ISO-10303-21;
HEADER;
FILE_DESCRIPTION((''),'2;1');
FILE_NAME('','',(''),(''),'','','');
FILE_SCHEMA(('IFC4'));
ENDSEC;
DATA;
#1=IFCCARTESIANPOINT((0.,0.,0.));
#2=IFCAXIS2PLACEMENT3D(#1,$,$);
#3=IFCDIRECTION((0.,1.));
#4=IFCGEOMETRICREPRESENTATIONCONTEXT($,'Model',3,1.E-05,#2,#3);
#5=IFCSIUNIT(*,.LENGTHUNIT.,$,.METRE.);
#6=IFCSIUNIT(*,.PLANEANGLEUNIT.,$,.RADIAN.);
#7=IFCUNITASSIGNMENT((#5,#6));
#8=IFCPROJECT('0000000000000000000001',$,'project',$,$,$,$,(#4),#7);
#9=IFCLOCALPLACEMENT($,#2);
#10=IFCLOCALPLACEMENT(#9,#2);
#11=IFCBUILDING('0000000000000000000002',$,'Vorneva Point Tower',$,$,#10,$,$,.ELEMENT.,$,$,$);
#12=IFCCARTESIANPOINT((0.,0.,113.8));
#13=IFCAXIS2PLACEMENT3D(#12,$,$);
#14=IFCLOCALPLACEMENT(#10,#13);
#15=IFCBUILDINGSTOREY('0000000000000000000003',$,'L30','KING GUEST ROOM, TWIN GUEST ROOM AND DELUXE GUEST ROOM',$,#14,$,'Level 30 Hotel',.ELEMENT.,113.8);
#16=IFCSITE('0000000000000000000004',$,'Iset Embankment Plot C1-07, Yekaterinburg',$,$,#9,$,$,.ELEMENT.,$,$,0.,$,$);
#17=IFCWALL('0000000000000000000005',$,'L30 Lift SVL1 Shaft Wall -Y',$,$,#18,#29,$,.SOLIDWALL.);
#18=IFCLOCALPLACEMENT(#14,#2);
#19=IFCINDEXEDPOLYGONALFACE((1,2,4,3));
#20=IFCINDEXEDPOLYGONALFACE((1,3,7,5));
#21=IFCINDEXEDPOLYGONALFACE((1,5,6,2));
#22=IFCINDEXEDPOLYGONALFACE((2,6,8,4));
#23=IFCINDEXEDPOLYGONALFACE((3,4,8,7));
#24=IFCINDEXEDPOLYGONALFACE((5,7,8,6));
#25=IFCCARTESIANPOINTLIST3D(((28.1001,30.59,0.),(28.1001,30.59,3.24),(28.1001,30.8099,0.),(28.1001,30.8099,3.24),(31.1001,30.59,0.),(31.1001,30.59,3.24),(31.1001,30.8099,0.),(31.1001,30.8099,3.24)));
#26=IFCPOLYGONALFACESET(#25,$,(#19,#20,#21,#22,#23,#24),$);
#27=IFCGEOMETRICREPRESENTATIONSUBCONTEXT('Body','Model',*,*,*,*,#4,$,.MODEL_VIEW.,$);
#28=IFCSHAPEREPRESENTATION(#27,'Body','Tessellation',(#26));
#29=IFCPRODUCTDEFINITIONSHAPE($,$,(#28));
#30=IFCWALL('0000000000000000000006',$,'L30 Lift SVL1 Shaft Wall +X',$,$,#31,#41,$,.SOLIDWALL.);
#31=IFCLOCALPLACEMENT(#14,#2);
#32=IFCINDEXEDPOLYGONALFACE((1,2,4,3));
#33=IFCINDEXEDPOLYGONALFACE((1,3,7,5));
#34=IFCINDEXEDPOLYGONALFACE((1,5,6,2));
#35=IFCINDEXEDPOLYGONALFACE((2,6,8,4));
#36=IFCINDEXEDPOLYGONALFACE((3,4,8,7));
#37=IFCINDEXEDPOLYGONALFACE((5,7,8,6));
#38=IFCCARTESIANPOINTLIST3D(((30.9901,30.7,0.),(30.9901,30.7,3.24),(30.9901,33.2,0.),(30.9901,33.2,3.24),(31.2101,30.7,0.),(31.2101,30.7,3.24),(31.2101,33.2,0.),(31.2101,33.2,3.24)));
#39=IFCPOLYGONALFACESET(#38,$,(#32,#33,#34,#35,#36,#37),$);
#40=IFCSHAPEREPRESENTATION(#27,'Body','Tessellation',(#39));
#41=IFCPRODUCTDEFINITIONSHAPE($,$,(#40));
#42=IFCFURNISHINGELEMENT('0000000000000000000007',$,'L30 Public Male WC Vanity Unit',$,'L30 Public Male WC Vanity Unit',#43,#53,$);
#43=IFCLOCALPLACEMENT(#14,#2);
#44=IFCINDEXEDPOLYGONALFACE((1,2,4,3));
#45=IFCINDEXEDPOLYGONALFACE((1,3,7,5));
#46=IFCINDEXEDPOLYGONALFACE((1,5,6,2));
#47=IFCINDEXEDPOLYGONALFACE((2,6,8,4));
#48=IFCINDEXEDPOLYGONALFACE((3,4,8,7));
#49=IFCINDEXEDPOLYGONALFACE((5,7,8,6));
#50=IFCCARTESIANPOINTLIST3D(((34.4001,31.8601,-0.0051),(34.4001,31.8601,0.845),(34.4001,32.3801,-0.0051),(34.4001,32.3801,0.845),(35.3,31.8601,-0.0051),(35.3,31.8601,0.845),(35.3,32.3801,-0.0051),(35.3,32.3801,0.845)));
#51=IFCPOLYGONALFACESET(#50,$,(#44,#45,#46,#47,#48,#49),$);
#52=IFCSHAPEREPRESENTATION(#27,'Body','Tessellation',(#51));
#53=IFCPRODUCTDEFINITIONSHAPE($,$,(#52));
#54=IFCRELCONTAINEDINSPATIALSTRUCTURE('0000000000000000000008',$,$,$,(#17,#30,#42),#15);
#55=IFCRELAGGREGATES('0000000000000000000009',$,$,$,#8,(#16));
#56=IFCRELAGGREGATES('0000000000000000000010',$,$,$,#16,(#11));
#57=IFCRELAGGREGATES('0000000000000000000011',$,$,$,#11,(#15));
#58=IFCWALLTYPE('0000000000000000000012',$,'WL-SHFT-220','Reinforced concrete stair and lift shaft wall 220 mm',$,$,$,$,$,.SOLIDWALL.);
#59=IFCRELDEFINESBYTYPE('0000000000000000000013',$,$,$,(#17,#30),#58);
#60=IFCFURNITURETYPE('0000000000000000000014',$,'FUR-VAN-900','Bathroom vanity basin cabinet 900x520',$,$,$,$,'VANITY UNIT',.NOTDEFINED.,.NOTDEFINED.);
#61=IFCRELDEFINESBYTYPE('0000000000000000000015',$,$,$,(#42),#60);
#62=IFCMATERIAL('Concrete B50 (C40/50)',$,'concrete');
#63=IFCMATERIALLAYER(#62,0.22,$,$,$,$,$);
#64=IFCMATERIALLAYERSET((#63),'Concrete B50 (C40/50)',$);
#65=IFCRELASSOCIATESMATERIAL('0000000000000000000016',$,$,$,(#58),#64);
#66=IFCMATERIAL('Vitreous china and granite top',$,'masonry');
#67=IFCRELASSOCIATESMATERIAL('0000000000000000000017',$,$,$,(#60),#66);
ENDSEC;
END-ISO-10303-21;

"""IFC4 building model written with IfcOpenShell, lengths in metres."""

from ifc_helpers import new_model, si_unit, direction, frame, frame_2d, origin, origin_2d, place, context, subcontext, project, spatial, rectangle, extrude, material, layer, layer_set, type_object, element, save


model = new_model("IFC4")

# Units and contexts
model_context = context("Model", 3, precision=1e-05, world=origin(), true_north=direction((0.0, 1.0)))
body_context = subcontext(model_context, "Body", "Model", "MODEL_VIEW")
ifc_project = project(units=[si_unit("LENGTHUNIT", "METRE"), si_unit("PLANEANGLEUNIT", "RADIAN")], contexts=[model_context])

# Site, building, storey
site_placement = place(None, origin())
site = spatial("IfcSite", under=ifc_project, at=site_placement, Name="Iset Embankment Plot C1-07, Yekaterinburg", CompositionType="ELEMENT", RefElevation=0.0)
building_placement = place(site_placement, origin())
building = spatial("IfcBuilding", under=site, at=building_placement, Name="Vorneva Point Tower", CompositionType="ELEMENT")
storey_placement = place(building_placement, frame((0.0, 0.0, 113.8)))
storey = spatial("IfcBuildingStorey", under=building, at=storey_placement, Name="L30", Description="KING GUEST ROOM, TWIN GUEST ROOM AND DELUXE GUEST ROOM", LongName="Level 30 Hotel", CompositionType="ELEMENT", Elevation=113.8)

# Shared definitions
ifc_material_1 = material(Name="Concrete B50 (C40/50)", Category="concrete")
ifc_layer_1 = layer(ifc_material_1, 0.22)
ifc_layer_set_1 = layer_set([ifc_layer_1], Name="Concrete B50 (C40/50)")
wall_type_1 = type_object("IfcWallType", Name="WL-SHFT-220", Description="Reinforced concrete stair and lift shaft wall 220 mm", PredefinedType="SOLIDWALL", material=ifc_layer_set_1)

# Walls
wall_1_placement = place(storey_placement, frame((28.1001, 30.7, 0.0), z_axis=(0.0, 0.0, 1.0), x_axis=(1.0, 0.0, 0.0)))
element("IfcWall", 1, at=wall_1_placement, inside=storey, type_object=wall_type_1, Name="L30 Lift SVL1 Shaft Wall -Y", PredefinedType="SOLIDWALL", context=body_context, shape_type="SweptSolid", body=[
    extrude(rectangle(XDim=3.0, YDim=0.22, at=frame_2d((1.5, 0.0))), origin(), (0.0, 0.0, 1.0), 3.24),
])
wall_2_placement = place(storey_placement, frame((31.1001, 30.7, 0.0), z_axis=(0.0, 0.0, 1.0), x_axis=(0.0, 1.0, 0.0)))
element("IfcWall", 2, at=wall_2_placement, inside=storey, type_object=wall_type_1, Name="L30 Lift SVL1 Shaft Wall +X", PredefinedType="SOLIDWALL", context=body_context, shape_type="SweptSolid", body=[
    extrude(rectangle(XDim=2.5, YDim=0.22, at=frame_2d((1.25, 0.0))), origin(), (0.0, 0.0, 1.0), 3.24),
])

# Furnishing element
ifc_material_2 = material(Name="Vitreous china and granite top", Category="masonry")
furniture_type = type_object("IfcFurnitureType", Name="FUR-VAN-900", Description="Bathroom vanity basin cabinet 900x520", ElementType="VANITY UNIT", AssemblyPlace="NOTDEFINED", PredefinedType="NOTDEFINED", material=ifc_material_2)
furnishing_placement = place(storey_placement, frame((34.8501, 32.1201, -0.0051), z_axis=(0.0, 0.0, 1.0), x_axis=(1.0, 0.0, 0.0)))
element("IfcFurnishingElement", 3, at=furnishing_placement, inside=storey, type_object=furniture_type, Name="L30 Public Male WC Vanity Unit", ObjectType="L30 Public Male WC Vanity Unit", context=body_context, shape_type="SweptSolid", body=[
    extrude(rectangle(XDim=0.8999, YDim=0.52, at=origin_2d()), origin(), (0.0, 0.0, 1.0), 0.8501),
])

save(model, "model.ifc")
